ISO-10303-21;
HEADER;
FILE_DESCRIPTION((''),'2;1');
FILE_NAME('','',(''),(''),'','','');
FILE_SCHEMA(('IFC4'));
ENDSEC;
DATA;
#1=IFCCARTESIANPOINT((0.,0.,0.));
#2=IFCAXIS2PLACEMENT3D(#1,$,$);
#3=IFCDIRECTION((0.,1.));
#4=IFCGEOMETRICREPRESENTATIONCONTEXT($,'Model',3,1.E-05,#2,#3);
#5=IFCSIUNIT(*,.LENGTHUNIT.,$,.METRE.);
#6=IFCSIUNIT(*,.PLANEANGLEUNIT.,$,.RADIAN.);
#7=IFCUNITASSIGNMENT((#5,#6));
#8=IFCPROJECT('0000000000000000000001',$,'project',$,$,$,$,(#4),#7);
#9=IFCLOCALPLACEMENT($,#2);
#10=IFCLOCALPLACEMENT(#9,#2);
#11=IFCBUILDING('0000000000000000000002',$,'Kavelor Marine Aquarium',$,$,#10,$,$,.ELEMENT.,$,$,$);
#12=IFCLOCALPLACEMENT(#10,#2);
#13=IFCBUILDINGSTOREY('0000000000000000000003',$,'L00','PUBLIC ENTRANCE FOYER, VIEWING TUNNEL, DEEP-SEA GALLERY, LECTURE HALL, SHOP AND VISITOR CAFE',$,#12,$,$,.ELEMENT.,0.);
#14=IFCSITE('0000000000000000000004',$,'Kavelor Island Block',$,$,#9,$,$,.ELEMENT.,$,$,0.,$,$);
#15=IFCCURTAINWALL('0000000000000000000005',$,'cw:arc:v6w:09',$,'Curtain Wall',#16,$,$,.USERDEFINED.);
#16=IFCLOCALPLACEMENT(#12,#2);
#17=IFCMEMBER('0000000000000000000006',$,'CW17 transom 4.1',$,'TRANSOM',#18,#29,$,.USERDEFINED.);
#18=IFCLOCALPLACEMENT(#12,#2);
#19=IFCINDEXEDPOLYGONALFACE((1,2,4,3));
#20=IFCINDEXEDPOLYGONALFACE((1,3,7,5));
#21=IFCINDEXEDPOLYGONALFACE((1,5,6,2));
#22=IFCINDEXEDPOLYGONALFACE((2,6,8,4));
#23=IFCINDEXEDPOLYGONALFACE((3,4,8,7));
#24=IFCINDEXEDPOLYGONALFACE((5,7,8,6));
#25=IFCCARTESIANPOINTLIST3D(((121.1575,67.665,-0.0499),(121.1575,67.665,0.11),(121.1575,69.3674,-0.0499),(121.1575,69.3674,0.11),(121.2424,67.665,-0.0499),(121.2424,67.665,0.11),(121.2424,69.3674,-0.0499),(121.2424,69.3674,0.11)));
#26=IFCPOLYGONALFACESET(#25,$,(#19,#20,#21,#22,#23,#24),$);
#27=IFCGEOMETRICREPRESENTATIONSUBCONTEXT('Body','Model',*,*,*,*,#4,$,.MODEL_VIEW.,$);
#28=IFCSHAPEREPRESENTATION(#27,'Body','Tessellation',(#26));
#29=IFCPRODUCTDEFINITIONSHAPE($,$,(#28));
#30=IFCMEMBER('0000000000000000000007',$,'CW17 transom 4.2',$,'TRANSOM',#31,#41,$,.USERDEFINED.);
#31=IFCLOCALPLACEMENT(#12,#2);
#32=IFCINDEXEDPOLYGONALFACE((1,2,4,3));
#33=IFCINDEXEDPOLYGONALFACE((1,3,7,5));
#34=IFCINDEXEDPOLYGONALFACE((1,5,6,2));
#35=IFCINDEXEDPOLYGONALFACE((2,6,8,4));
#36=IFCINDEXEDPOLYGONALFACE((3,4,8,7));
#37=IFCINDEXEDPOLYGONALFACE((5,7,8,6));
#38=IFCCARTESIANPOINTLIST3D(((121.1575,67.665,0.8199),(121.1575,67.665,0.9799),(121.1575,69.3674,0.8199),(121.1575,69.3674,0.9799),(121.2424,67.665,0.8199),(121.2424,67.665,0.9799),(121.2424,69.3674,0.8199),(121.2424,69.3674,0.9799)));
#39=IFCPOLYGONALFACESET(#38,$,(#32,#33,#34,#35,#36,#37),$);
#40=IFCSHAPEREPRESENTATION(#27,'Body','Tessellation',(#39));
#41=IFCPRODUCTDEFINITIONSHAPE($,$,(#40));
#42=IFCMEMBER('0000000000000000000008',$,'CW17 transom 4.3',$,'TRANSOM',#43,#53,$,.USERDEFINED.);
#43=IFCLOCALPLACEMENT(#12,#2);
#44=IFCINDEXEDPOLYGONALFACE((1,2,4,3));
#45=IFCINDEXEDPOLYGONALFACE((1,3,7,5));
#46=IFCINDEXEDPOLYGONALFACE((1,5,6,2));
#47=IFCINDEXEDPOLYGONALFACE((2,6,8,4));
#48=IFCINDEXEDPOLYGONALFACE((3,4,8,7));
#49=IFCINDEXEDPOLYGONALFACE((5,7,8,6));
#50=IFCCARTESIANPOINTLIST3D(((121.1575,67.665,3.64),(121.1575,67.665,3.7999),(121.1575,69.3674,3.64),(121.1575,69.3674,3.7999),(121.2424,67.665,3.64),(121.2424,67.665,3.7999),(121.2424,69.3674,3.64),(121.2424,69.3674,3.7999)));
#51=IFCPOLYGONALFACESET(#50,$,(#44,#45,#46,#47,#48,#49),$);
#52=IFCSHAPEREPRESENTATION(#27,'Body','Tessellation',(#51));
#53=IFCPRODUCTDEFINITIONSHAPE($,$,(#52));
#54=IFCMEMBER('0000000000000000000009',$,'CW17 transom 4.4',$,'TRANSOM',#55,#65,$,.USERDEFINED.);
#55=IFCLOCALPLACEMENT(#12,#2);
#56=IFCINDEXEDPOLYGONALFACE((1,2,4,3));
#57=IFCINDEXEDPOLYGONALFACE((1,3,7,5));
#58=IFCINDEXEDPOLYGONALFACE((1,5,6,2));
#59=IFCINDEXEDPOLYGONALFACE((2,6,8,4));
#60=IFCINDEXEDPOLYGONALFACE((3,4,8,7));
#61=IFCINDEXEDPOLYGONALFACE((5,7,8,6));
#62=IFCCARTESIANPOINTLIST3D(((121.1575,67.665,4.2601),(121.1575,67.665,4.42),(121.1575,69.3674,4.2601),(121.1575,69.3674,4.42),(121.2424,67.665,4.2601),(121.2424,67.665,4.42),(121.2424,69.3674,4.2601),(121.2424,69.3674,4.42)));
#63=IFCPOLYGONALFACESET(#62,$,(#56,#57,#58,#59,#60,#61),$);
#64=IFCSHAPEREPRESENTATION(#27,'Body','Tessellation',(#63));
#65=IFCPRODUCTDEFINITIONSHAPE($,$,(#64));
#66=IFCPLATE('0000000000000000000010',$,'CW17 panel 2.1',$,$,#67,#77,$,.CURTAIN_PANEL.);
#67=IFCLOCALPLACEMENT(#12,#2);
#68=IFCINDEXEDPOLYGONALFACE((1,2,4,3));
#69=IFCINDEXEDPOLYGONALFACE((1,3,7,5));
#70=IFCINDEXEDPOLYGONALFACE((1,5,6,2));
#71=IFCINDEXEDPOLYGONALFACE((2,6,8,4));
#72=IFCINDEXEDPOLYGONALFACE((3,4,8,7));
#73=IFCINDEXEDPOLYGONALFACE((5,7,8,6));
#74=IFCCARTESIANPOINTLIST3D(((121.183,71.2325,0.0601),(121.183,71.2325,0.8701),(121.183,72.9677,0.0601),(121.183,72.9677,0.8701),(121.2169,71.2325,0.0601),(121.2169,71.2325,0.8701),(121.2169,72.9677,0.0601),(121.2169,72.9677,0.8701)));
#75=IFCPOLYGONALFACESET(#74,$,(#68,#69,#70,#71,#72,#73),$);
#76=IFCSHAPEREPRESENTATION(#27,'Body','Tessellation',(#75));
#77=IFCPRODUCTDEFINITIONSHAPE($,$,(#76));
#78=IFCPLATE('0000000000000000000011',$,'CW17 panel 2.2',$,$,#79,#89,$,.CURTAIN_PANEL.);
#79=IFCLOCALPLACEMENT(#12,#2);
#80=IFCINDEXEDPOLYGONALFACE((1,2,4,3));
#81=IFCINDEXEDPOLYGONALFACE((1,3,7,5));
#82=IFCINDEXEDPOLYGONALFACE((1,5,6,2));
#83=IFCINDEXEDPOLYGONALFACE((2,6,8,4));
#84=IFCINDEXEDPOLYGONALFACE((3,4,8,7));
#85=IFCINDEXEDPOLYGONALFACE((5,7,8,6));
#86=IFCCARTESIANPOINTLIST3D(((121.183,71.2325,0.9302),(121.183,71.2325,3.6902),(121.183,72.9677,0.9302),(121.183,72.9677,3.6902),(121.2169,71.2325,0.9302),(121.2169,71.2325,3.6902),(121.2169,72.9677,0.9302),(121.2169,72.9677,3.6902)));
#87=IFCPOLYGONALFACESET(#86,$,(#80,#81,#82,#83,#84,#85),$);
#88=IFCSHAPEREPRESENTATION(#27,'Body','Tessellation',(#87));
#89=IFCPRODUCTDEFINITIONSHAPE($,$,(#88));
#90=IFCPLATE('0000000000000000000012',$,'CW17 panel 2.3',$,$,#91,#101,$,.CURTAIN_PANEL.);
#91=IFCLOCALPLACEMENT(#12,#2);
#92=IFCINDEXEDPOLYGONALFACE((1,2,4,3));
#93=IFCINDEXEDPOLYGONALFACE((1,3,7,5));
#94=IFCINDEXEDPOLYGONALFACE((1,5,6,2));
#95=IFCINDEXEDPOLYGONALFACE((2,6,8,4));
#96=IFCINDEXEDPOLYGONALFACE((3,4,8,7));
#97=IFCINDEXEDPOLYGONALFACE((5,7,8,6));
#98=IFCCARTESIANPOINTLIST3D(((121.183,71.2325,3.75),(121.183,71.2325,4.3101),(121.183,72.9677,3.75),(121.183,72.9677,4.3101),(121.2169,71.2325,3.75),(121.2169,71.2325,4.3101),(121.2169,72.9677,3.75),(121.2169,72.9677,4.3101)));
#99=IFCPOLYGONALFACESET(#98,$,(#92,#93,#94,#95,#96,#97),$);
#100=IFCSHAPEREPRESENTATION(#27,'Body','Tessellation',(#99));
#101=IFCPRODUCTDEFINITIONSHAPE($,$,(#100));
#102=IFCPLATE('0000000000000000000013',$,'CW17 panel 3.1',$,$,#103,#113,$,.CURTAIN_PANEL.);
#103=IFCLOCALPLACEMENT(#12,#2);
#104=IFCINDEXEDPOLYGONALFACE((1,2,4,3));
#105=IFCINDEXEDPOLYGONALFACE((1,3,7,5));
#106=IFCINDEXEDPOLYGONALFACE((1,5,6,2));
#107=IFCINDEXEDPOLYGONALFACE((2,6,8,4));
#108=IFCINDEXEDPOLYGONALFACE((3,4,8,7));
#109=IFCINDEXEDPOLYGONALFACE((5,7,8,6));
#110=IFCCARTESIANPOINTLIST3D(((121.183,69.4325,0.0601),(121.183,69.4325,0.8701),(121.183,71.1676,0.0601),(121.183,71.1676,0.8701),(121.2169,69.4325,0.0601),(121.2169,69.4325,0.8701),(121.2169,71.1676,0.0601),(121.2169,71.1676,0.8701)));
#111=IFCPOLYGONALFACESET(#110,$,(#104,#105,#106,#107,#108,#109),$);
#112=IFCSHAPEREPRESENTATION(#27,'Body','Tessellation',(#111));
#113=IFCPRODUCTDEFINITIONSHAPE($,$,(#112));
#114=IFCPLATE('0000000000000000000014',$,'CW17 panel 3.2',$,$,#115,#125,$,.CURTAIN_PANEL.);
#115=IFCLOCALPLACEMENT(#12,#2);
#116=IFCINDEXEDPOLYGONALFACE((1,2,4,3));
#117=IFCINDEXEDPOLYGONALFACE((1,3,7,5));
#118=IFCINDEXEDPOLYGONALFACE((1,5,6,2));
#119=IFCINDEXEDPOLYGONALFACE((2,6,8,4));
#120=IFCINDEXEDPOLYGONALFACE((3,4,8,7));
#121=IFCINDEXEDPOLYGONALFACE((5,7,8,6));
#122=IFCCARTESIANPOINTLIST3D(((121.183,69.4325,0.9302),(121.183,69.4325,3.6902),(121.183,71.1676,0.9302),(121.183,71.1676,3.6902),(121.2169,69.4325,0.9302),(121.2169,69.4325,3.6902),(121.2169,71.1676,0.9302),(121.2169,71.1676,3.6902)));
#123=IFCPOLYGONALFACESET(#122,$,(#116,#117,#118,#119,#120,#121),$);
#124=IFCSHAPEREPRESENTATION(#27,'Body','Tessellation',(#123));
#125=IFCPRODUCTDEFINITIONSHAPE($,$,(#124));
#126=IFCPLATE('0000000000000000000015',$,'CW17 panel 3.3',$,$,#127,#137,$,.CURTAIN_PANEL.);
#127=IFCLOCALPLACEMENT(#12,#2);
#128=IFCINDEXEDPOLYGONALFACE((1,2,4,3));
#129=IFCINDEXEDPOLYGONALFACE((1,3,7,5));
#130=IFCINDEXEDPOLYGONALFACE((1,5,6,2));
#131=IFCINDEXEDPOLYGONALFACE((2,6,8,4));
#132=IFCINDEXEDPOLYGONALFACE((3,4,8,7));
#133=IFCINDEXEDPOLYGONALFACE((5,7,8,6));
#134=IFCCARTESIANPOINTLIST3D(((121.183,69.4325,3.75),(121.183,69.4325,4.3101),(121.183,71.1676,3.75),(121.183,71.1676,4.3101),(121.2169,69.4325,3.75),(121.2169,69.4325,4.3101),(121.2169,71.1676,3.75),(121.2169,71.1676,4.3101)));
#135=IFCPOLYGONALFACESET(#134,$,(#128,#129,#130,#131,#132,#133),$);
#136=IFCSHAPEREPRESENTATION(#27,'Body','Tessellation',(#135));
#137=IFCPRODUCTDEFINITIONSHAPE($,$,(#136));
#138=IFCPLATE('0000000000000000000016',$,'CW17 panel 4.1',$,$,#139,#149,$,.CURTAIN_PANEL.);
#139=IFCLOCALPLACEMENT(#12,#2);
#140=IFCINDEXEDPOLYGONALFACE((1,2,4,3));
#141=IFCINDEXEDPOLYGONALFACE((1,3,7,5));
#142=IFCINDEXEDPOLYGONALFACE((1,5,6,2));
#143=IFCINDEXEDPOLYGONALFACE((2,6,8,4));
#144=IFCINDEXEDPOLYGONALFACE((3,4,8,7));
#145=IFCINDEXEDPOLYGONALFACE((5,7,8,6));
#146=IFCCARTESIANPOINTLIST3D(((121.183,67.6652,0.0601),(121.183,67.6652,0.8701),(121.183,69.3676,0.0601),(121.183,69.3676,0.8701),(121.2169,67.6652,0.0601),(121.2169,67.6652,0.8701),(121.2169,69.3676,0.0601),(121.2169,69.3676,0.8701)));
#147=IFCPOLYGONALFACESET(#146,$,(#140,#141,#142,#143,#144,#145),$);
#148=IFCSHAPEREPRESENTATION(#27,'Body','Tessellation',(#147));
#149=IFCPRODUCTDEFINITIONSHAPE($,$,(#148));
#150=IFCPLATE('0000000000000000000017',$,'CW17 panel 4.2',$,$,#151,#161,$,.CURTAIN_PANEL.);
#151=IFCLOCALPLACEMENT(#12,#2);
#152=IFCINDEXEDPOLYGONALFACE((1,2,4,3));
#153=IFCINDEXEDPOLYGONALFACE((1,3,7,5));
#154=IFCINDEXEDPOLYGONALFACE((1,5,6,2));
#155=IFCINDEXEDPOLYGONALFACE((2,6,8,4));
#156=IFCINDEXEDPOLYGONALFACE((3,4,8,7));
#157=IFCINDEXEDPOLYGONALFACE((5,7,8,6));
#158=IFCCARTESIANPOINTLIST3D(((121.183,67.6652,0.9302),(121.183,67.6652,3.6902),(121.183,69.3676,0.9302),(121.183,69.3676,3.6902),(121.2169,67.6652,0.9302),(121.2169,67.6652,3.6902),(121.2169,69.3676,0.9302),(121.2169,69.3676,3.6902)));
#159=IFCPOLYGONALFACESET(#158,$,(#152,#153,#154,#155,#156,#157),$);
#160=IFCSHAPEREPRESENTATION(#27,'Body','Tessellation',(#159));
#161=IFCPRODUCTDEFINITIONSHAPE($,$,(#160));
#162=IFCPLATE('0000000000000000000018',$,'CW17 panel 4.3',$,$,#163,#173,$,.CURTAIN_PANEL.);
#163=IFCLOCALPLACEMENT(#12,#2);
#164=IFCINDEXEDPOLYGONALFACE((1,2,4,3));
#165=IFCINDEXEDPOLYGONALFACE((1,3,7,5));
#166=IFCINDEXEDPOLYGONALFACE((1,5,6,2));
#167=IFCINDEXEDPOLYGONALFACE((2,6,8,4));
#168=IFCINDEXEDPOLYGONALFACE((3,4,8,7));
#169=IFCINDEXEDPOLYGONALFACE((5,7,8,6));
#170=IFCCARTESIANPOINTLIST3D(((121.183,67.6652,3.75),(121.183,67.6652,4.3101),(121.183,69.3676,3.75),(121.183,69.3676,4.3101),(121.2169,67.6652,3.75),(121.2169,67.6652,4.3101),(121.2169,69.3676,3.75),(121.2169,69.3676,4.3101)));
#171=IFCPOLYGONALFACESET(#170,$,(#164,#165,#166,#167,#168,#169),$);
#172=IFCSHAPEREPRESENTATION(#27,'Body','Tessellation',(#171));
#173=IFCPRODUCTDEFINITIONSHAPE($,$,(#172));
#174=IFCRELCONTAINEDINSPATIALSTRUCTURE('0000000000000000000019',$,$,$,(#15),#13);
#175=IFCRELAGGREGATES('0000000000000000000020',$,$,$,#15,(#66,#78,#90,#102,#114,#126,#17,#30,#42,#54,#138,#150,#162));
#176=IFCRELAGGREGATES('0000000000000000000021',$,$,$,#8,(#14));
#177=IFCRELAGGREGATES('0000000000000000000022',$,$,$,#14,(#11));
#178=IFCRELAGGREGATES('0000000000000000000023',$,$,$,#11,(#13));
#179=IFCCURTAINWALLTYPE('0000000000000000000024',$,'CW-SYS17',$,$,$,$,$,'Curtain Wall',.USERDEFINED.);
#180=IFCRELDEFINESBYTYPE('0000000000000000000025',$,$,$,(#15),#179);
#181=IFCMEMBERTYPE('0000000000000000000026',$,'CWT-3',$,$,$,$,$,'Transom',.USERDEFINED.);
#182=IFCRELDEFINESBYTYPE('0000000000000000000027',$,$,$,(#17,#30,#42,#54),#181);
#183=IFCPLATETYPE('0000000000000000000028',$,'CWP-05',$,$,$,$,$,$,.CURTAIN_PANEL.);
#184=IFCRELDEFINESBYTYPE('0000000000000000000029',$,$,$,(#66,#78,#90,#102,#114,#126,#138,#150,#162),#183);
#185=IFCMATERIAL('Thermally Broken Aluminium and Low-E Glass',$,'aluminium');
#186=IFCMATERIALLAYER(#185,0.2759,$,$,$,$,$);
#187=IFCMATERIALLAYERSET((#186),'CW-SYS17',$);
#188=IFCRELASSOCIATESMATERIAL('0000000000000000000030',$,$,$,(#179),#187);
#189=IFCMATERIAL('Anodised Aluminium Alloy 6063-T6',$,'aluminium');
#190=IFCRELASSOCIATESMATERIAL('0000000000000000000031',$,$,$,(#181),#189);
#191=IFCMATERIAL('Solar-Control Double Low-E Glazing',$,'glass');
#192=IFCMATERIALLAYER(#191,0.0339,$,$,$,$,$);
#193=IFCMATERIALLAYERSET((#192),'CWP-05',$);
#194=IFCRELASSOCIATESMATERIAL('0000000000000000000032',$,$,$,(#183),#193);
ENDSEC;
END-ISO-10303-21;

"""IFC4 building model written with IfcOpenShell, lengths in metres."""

from ifc_helpers import new_model, si_unit, direction, frame, origin, origin_2d, place, context, subcontext, project, spatial, rectangle, extrude, material, layer, layer_set, material_profile, profile_set, type_object, element, aggregate, save


model = new_model("IFC4")

# Units and contexts
model_context = context("Model", 3, precision=1e-05, world=origin(), true_north=direction((0.0, 1.0)))
body_context = subcontext(model_context, "Body", "Model", "MODEL_VIEW")
ifc_project = project(units=[si_unit("LENGTHUNIT", "METRE"), si_unit("PLANEANGLEUNIT", "RADIAN")], contexts=[model_context])

# Site, building, storey
site_placement = place(None, origin())
site = spatial("IfcSite", under=ifc_project, at=site_placement, Name="Kavelor Island Block", CompositionType="ELEMENT", RefElevation=0.0)
building_placement = place(site_placement, origin())
building = spatial("IfcBuilding", under=site, at=building_placement, Name="Kavelor Marine Aquarium", CompositionType="ELEMENT")
storey_placement = place(building_placement, origin())
storey = spatial("IfcBuildingStorey", under=building, at=storey_placement, Name="L00", Description="PUBLIC ENTRANCE FOYER, VIEWING TUNNEL, DEEP-SEA GALLERY, LECTURE HALL, SHOP AND VISITOR CAFE", CompositionType="ELEMENT", Elevation=0.0)

# Curtain wall, members, plates
ifc_material_1 = material(Name="Thermally Broken Aluminium and Low-E Glass", Category="aluminium")
ifc_layer_1 = layer(ifc_material_1, 0.2759)
ifc_layer_set_1 = layer_set([ifc_layer_1], Name="CW-SYS17")
curtain_wall_type = type_object("IfcCurtainWallType", Name="CW-SYS17", ElementType="Curtain Wall", PredefinedType="USERDEFINED", material=ifc_layer_set_1)
curtain_wall_placement = place(storey_placement, origin())
curtain_wall = element("IfcCurtainWall", 1, at=curtain_wall_placement, inside=storey, type_object=curtain_wall_type, Name="cw:arc:v6w:09", ObjectType="Curtain Wall", PredefinedType="USERDEFINED")
ifc_material_2 = material(Name="Anodised Aluminium Alloy 6063-T6", Category="aluminium")
ifc_material_profile_1 = material_profile(ifc_material_2, rectangle(XDim=0.085, YDim=0.1599, at=origin_2d()), Name="CW-TRN 85x160")
ifc_profile_set_1 = profile_set([ifc_material_profile_1], Name="Anodised Aluminium Alloy 6063-T6")
member_type_1 = type_object("IfcMemberType", Name="CWT-3", ElementType="Transom", PredefinedType="USERDEFINED", material=ifc_profile_set_1)
member_1_placement = place(storey_placement, frame((121.2, 69.3674, 0.03), z_axis=(0.0, -1.0, 0.0), x_axis=(1.0, 0.0, 0.0)))
member_1 = element("IfcMember", 2, at=member_1_placement, type_object=member_type_1, Name="CW17 transom 4.1", ObjectType="TRANSOM", PredefinedType="USERDEFINED", context=body_context, shape_type="SweptSolid", body=[
    extrude(rectangle(XDim=0.085, YDim=0.1599, at=origin_2d()), origin(), (0.0, 0.0, 1.0), 1.7024),
])
member_2_placement = place(storey_placement, frame((121.2, 69.3674, 0.8999), z_axis=(0.0, -1.0, 0.0), x_axis=(1.0, 0.0, 0.0)))
member_2 = element("IfcMember", 3, at=member_2_placement, type_object=member_type_1, Name="CW17 transom 4.2", ObjectType="TRANSOM", PredefinedType="USERDEFINED", context=body_context, shape_type="SweptSolid", body=[
    extrude(rectangle(XDim=0.085, YDim=0.1599, at=origin_2d()), origin(), (0.0, 0.0, 1.0), 1.7024),
])
member_3_placement = place(storey_placement, frame((121.2, 69.3674, 3.72), z_axis=(0.0, -1.0, 0.0), x_axis=(1.0, 0.0, 0.0)))
member_3 = element("IfcMember", 4, at=member_3_placement, type_object=member_type_1, Name="CW17 transom 4.3", ObjectType="TRANSOM", PredefinedType="USERDEFINED", context=body_context, shape_type="SweptSolid", body=[
    extrude(rectangle(XDim=0.085, YDim=0.1599, at=origin_2d()), origin(), (0.0, 0.0, 1.0), 1.7024),
])
member_4_placement = place(storey_placement, frame((121.2, 69.3674, 4.3401), z_axis=(0.0, -1.0, 0.0), x_axis=(1.0, 0.0, 0.0)))
member_4 = element("IfcMember", 5, at=member_4_placement, type_object=member_type_1, Name="CW17 transom 4.4", ObjectType="TRANSOM", PredefinedType="USERDEFINED", context=body_context, shape_type="SweptSolid", body=[
    extrude(rectangle(XDim=0.085, YDim=0.1599, at=origin_2d()), origin(), (0.0, 0.0, 1.0), 1.7024),
])
ifc_material_3 = material(Name="Solar-Control Double Low-E Glazing", Category="glass")
ifc_layer_2 = layer(ifc_material_3, 0.0339)
ifc_layer_set_2 = layer_set([ifc_layer_2], Name="CWP-05")
plate_type = type_object("IfcPlateType", Name="CWP-05", PredefinedType="CURTAIN_PANEL", material=ifc_layer_set_2)
plate_1_placement = place(storey_placement, frame((121.2, 72.1001, 0.0601), z_axis=(0.0, 0.0, 1.0), x_axis=(0.0, -1.0, 0.0)))
plate_1 = element("IfcPlate", 6, at=plate_1_placement, type_object=plate_type, Name="CW17 panel 2.1", PredefinedType="CURTAIN_PANEL", context=body_context, shape_type="SweptSolid", body=[
    extrude(rectangle(XDim=1.7351, YDim=0.0339, at=origin_2d()), origin(), (0.0, 0.0, 1.0), 0.8101),
])
plate_2_placement = place(storey_placement, frame((121.2, 72.1001, 0.9302), z_axis=(0.0, 0.0, 1.0), x_axis=(0.0, -1.0, 0.0)))
plate_2 = element("IfcPlate", 7, at=plate_2_placement, type_object=plate_type, Name="CW17 panel 2.2", PredefinedType="CURTAIN_PANEL", context=body_context, shape_type="SweptSolid", body=[
    extrude(rectangle(XDim=1.7351, YDim=0.0339, at=origin_2d()), origin(), (0.0, 0.0, 1.0), 2.76),
])
plate_3_placement = place(storey_placement, frame((121.2, 72.1001, 3.75), z_axis=(0.0, 0.0, 1.0), x_axis=(0.0, -1.0, 0.0)))
plate_3 = element("IfcPlate", 8, at=plate_3_placement, type_object=plate_type, Name="CW17 panel 2.3", PredefinedType="CURTAIN_PANEL", context=body_context, shape_type="SweptSolid", body=[
    extrude(rectangle(XDim=1.7351, YDim=0.0339, at=origin_2d()), origin(), (0.0, 0.0, 1.0), 0.5601),
])
plate_4_placement = place(storey_placement, frame((121.2, 70.3, 0.0601), z_axis=(0.0, 0.0, 1.0), x_axis=(0.0, -1.0, 0.0)))
plate_4 = element("IfcPlate", 9, at=plate_4_placement, type_object=plate_type, Name="CW17 panel 3.1", PredefinedType="CURTAIN_PANEL", context=body_context, shape_type="SweptSolid", body=[
    extrude(rectangle(XDim=1.7351, YDim=0.0339, at=origin_2d()), origin(), (0.0, 0.0, 1.0), 0.8101),
])
plate_5_placement = place(storey_placement, frame((121.2, 70.3, 0.9302), z_axis=(0.0, 0.0, 1.0), x_axis=(0.0, -1.0, 0.0)))
plate_5 = element("IfcPlate", 10, at=plate_5_placement, type_object=plate_type, Name="CW17 panel 3.2", PredefinedType="CURTAIN_PANEL", context=body_context, shape_type="SweptSolid", body=[
    extrude(rectangle(XDim=1.7351, YDim=0.0339, at=origin_2d()), origin(), (0.0, 0.0, 1.0), 2.76),
])
plate_6_placement = place(storey_placement, frame((121.2, 70.3, 3.75), z_axis=(0.0, 0.0, 1.0), x_axis=(0.0, -1.0, 0.0)))
plate_6 = element("IfcPlate", 11, at=plate_6_placement, type_object=plate_type, Name="CW17 panel 3.3", PredefinedType="CURTAIN_PANEL", context=body_context, shape_type="SweptSolid", body=[
    extrude(rectangle(XDim=1.7351, YDim=0.0339, at=origin_2d()), origin(), (0.0, 0.0, 1.0), 0.5601),
])
plate_7_placement = place(storey_placement, frame((121.2, 68.5164, 0.0601), z_axis=(0.0, 0.0, 1.0), x_axis=(0.0, -1.0, 0.0)))
plate_7 = element("IfcPlate", 12, at=plate_7_placement, type_object=plate_type, Name="CW17 panel 4.1", PredefinedType="CURTAIN_PANEL", context=body_context, shape_type="SweptSolid", body=[
    extrude(rectangle(XDim=1.7024, YDim=0.0339, at=origin_2d()), origin(), (0.0, 0.0, 1.0), 0.8101),
])
plate_8_placement = place(storey_placement, frame((121.2, 68.5164, 0.9302), z_axis=(0.0, 0.0, 1.0), x_axis=(0.0, -1.0, 0.0)))
plate_8 = element("IfcPlate", 13, at=plate_8_placement, type_object=plate_type, Name="CW17 panel 4.2", PredefinedType="CURTAIN_PANEL", context=body_context, shape_type="SweptSolid", body=[
    extrude(rectangle(XDim=1.7024, YDim=0.0339, at=origin_2d()), origin(), (0.0, 0.0, 1.0), 2.76),
])
plate_9_placement = place(storey_placement, frame((121.2, 68.5164, 3.75), z_axis=(0.0, 0.0, 1.0), x_axis=(0.0, -1.0, 0.0)))
plate_9 = element("IfcPlate", 14, at=plate_9_placement, type_object=plate_type, Name="CW17 panel 4.3", PredefinedType="CURTAIN_PANEL", context=body_context, shape_type="SweptSolid", body=[
    extrude(rectangle(XDim=1.7024, YDim=0.0339, at=origin_2d()), origin(), (0.0, 0.0, 1.0), 0.5601),
])
aggregate(curtain_wall, [plate_1, plate_2, plate_3, plate_4, plate_5, plate_6, member_1, member_2, member_3, member_4, plate_7, plate_8, plate_9])

save(model, "model.ifc")
